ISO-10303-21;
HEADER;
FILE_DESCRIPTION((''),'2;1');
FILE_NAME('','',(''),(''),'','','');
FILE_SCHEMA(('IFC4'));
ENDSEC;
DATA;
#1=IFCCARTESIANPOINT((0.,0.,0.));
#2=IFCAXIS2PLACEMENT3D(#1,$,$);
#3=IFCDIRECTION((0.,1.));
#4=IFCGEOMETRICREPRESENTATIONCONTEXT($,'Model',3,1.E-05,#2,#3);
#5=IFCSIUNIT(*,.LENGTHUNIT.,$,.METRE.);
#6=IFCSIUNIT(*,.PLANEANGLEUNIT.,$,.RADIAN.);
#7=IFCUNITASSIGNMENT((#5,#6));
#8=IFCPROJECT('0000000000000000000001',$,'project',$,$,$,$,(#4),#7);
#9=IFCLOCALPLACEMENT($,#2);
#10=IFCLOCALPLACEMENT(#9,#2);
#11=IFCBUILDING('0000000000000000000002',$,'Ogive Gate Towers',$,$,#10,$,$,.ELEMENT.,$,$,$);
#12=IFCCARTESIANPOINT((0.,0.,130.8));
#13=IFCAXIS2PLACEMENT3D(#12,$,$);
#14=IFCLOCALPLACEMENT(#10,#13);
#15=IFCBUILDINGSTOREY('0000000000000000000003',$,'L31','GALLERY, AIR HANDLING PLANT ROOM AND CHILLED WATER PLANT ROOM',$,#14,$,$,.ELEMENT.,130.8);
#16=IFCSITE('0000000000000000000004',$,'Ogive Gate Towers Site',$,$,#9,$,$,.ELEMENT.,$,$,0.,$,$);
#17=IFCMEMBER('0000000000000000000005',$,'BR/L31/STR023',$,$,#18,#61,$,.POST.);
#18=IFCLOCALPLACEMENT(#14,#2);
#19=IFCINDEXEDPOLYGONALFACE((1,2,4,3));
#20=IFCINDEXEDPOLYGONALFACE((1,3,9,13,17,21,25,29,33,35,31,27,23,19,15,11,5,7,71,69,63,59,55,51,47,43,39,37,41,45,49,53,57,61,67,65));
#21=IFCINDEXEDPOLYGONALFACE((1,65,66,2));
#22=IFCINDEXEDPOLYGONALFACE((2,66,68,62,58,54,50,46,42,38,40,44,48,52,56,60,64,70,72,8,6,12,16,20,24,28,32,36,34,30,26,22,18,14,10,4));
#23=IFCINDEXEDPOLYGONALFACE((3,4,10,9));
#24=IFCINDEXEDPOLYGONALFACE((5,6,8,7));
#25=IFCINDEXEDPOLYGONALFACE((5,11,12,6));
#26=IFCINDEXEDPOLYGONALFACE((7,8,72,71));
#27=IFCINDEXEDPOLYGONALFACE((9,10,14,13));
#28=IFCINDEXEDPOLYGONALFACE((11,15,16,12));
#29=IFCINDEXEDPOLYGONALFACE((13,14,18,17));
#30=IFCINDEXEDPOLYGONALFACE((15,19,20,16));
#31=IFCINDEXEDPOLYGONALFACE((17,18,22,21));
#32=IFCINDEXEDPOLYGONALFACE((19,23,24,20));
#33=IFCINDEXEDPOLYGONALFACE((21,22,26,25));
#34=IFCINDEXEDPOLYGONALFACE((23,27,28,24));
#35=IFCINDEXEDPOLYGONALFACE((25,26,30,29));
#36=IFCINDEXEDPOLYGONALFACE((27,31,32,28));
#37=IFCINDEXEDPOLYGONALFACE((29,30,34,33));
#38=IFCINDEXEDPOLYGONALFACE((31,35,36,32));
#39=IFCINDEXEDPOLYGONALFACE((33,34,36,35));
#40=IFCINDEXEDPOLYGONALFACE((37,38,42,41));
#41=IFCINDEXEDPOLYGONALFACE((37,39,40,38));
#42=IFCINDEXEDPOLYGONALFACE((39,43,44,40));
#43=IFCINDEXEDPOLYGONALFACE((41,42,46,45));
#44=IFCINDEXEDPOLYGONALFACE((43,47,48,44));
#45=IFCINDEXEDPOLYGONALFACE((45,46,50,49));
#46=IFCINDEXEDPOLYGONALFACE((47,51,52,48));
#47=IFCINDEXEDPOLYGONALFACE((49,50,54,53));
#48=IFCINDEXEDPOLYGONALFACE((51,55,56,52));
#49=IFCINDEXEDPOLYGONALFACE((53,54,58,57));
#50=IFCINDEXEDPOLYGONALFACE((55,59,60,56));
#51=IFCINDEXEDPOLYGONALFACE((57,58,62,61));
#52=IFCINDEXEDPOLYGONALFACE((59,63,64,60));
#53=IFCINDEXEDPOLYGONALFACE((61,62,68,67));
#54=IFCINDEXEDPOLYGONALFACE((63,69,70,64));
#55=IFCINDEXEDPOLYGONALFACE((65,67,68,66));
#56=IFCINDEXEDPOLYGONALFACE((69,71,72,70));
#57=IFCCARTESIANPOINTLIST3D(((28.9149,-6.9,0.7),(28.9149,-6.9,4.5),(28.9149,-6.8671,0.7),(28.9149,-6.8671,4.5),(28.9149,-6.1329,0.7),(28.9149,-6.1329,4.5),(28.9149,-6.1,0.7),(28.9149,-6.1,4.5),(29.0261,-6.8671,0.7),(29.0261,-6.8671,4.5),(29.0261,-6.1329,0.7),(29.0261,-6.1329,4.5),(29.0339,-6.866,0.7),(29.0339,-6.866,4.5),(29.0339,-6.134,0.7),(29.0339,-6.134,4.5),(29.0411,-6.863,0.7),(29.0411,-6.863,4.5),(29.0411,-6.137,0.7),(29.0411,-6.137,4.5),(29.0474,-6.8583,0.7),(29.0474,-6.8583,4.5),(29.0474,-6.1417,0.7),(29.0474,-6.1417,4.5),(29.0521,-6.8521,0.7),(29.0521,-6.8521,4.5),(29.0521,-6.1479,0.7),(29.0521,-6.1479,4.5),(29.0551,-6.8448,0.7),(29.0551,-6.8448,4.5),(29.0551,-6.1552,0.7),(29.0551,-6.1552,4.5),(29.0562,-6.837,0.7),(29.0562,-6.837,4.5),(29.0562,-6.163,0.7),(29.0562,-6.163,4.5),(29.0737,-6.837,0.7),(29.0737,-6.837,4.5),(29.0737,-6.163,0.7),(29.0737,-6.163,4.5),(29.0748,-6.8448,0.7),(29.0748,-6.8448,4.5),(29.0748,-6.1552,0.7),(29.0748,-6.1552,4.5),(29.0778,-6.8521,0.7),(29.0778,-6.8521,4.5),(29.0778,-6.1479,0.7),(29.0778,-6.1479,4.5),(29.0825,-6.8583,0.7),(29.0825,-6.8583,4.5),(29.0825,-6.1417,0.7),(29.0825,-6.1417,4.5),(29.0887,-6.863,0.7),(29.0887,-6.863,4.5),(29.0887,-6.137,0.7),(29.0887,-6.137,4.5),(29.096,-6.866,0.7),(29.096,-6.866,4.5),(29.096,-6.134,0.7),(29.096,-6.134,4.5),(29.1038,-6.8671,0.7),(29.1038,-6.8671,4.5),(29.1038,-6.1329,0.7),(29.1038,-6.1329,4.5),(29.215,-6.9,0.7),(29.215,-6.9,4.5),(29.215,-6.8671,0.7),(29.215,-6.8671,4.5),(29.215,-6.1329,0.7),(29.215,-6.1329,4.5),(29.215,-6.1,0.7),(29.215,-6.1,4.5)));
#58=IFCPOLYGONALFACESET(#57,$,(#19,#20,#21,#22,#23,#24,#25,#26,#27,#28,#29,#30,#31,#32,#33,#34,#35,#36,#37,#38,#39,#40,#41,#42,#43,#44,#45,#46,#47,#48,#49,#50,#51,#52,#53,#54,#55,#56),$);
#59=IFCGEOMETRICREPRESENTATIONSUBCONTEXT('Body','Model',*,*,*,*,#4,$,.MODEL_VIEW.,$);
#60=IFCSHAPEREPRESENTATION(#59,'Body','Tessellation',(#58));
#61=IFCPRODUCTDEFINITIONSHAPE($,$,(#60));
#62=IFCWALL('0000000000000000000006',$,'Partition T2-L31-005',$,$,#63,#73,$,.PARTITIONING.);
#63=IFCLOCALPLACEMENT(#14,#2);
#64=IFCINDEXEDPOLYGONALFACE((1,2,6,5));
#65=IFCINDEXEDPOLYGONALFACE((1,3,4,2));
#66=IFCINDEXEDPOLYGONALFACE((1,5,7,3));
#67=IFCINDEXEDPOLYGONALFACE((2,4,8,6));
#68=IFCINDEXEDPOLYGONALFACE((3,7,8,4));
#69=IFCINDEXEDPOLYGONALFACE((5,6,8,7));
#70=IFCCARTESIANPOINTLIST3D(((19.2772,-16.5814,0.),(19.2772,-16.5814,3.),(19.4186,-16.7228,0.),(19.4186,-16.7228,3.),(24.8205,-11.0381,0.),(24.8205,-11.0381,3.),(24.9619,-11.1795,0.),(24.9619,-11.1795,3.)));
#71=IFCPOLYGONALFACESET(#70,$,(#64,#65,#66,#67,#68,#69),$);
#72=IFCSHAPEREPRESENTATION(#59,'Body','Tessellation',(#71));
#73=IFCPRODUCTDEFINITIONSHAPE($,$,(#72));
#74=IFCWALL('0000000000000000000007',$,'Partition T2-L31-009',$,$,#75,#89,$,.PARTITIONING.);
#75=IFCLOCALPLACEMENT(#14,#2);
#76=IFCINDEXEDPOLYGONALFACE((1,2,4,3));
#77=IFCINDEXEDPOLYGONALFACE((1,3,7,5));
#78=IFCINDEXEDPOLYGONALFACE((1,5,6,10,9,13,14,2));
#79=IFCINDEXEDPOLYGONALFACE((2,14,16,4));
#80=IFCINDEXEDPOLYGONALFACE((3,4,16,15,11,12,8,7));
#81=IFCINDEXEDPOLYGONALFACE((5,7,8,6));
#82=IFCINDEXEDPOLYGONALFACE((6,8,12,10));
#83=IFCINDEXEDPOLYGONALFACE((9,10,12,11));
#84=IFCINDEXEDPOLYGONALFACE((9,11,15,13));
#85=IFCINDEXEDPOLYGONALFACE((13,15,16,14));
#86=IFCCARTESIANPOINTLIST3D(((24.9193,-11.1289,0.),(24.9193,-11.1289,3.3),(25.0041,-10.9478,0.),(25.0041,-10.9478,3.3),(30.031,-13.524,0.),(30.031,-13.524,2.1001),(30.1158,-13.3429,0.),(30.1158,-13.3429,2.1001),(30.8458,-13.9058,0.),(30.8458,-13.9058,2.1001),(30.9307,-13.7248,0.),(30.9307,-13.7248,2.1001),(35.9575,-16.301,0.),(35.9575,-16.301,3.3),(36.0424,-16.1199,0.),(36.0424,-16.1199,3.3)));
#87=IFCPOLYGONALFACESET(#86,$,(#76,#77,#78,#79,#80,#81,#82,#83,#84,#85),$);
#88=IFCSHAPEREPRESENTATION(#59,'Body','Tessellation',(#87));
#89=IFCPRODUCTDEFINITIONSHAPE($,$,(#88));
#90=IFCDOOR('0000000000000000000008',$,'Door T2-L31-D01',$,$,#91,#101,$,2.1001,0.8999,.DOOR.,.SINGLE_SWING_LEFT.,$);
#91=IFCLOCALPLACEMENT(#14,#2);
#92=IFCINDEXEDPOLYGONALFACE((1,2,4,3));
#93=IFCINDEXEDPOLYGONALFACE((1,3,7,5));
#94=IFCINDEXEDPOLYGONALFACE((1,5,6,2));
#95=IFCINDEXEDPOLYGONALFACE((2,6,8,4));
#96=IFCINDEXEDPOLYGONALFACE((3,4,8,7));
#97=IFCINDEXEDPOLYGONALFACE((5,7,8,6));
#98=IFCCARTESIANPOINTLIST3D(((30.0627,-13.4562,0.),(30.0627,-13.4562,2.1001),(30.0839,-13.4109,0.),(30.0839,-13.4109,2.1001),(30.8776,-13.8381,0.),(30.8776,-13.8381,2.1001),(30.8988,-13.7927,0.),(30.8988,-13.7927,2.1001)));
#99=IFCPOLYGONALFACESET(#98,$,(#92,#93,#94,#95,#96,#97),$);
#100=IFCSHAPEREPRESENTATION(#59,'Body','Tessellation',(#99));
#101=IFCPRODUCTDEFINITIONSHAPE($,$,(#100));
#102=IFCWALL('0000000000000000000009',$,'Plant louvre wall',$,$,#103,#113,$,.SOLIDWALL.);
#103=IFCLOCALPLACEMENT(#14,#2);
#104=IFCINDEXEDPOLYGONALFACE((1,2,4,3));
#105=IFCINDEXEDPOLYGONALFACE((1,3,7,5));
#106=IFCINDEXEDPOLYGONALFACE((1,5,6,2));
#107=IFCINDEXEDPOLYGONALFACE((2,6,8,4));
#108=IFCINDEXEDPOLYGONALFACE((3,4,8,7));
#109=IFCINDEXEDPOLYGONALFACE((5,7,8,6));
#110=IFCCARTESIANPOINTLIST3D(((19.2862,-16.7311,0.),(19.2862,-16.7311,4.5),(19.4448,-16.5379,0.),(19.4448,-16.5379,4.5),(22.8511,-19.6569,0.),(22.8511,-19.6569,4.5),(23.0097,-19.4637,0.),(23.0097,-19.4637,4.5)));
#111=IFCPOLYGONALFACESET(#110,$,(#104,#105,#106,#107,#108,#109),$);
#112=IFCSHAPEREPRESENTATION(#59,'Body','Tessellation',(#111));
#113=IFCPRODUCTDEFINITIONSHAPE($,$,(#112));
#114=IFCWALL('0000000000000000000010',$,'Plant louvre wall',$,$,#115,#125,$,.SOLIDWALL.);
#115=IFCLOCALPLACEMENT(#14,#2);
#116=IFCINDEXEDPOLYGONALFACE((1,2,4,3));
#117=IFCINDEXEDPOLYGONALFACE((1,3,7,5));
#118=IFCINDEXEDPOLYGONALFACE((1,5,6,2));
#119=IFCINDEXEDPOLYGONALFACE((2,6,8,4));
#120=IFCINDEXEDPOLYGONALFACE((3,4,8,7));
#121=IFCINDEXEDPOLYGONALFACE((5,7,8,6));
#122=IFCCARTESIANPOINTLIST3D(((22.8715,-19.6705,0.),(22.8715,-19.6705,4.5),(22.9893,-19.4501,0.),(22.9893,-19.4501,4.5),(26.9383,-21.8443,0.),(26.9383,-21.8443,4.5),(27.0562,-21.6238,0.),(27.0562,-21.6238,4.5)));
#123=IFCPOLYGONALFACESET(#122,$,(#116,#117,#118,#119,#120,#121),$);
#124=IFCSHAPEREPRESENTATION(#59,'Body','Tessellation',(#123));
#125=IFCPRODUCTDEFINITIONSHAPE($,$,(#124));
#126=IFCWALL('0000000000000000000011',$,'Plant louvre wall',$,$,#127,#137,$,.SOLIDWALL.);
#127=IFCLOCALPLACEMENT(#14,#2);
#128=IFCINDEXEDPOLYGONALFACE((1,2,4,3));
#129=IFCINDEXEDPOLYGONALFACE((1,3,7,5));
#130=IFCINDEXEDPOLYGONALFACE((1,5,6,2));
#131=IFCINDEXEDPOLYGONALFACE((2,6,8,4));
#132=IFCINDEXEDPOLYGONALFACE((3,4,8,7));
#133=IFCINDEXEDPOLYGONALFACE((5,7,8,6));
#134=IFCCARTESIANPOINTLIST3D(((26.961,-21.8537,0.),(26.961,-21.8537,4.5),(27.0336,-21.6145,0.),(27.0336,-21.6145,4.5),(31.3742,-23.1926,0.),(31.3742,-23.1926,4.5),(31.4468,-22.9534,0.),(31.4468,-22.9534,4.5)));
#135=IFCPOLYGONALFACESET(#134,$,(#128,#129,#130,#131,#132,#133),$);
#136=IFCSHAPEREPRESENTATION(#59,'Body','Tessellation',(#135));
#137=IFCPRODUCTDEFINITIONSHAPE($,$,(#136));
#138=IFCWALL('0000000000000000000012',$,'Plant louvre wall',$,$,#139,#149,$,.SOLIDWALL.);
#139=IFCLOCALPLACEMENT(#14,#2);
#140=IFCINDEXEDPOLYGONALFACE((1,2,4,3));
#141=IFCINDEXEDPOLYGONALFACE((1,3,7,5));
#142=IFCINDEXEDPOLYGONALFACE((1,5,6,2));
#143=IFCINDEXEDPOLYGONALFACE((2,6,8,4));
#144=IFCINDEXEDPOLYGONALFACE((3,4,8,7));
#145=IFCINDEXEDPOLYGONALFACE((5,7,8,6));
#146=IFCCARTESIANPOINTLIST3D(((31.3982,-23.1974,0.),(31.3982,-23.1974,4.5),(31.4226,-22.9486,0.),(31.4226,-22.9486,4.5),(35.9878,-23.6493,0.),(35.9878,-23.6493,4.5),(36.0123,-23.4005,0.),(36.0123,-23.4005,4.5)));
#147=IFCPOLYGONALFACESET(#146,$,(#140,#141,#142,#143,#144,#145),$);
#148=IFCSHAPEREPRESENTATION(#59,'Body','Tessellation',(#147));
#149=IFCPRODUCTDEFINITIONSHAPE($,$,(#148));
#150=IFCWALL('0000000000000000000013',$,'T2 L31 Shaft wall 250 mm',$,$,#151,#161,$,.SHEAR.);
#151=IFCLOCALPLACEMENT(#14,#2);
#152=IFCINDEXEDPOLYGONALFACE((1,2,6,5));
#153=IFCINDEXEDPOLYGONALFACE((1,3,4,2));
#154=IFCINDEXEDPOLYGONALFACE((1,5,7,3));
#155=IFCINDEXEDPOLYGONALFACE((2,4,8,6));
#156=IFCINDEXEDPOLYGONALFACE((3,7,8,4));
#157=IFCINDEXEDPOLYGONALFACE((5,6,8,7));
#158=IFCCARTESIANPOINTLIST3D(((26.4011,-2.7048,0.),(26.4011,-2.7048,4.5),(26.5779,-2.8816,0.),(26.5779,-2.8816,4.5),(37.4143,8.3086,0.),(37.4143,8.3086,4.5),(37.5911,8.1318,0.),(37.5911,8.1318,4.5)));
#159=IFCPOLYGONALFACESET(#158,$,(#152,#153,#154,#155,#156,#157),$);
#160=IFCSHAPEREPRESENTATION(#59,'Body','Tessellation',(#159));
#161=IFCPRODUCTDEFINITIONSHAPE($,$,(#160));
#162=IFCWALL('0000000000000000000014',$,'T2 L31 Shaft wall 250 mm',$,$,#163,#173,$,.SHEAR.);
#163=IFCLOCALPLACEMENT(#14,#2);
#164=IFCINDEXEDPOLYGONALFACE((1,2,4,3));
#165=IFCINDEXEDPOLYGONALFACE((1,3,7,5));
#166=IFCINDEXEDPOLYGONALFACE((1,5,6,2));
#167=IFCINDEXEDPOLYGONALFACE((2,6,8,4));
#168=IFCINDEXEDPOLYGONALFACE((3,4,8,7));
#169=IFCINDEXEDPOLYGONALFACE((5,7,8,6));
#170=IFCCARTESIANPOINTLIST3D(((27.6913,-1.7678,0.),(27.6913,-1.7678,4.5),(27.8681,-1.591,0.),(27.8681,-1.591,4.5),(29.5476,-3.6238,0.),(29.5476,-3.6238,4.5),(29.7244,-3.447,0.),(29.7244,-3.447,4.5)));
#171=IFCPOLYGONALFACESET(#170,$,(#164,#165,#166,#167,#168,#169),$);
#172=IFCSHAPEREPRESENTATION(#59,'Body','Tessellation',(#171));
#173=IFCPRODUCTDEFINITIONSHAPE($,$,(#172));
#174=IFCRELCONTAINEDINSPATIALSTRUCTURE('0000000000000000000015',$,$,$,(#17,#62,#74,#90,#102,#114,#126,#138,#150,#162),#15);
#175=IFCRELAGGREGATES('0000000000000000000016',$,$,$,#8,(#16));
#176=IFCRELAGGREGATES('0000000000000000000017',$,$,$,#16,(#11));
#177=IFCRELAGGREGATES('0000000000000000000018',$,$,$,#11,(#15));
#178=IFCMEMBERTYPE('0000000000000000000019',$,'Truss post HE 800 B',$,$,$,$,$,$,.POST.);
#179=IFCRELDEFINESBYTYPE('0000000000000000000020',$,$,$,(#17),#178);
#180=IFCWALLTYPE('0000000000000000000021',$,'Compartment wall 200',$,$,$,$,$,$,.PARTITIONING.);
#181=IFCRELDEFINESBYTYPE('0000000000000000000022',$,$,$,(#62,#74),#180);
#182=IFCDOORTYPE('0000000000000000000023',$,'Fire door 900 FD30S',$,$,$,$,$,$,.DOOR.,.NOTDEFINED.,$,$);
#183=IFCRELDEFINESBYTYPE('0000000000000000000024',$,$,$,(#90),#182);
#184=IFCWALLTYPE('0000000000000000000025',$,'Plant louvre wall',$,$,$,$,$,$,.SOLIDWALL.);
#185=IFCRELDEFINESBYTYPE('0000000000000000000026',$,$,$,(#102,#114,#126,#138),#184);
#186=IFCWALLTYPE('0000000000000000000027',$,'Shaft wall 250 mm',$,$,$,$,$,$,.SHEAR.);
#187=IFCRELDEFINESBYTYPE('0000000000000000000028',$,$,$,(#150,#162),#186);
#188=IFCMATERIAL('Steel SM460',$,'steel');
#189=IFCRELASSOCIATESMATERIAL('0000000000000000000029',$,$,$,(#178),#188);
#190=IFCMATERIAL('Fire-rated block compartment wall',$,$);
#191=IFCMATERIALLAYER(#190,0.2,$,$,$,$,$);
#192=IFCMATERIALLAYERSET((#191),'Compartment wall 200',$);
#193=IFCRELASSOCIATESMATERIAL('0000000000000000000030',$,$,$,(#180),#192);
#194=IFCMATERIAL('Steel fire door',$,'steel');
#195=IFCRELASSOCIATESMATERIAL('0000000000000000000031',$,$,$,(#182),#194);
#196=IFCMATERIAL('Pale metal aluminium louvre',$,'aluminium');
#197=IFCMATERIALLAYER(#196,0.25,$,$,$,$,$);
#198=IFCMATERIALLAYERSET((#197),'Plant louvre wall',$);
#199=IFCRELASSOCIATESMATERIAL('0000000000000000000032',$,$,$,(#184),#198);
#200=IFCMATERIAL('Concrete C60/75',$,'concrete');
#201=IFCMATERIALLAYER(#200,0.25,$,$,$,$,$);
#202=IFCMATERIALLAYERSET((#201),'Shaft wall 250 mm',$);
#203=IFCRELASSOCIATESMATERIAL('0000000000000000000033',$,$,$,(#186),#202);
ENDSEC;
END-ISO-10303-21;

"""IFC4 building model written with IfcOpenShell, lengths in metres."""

from ifc_helpers import new_model, si_unit, direction, frame, frame_2d, origin, origin_2d, place, context, subcontext, project, spatial, rectangle, i_section, extrude, material, layer, layer_set, material_profile, profile_set, type_object, element, fill, save


model = new_model("IFC4")

# Units and contexts
model_context = context("Model", 3, precision=1e-05, world=origin(), true_north=direction((0.0, 1.0)))
body_context = subcontext(model_context, "Body", "Model", "MODEL_VIEW")
ifc_project = project(units=[si_unit("LENGTHUNIT", "METRE"), si_unit("PLANEANGLEUNIT", "RADIAN")], contexts=[model_context])

# Site, building, storey
site_placement = place(None, origin())
site = spatial("IfcSite", under=ifc_project, at=site_placement, Name="Ogive Gate Towers Site", CompositionType="ELEMENT", RefElevation=0.0)
building_placement = place(site_placement, origin())
building = spatial("IfcBuilding", under=site, at=building_placement, Name="Ogive Gate Towers", CompositionType="ELEMENT")
storey_placement = place(building_placement, frame((0.0, 0.0, 130.8)))
storey = spatial("IfcBuildingStorey", under=building, at=storey_placement, Name="L31", Description="GALLERY, AIR HANDLING PLANT ROOM AND CHILLED WATER PLANT ROOM", CompositionType="ELEMENT", Elevation=130.8)

# Shared definitions
ifc_material_1 = material(Name="Steel SM460", Category="steel")

# Member
ifc_material_profile_1 = material_profile(ifc_material_1, i_section(OverallWidth=0.3, OverallDepth=0.8, WebThickness=0.0176, FlangeThickness=0.033, FilletRadius=0.03, at=origin_2d()), Name="HE 800 B")
ifc_profile_set_1 = profile_set([ifc_material_profile_1], Name="Steel SM460")
member_type_1 = type_object("IfcMemberType", Name="Truss post HE 800 B", PredefinedType="POST", material=ifc_profile_set_1)
for number, where, z_axis, x_axis, name in (
    (1, (29.0649, -6.5, 0.7), (0.0, 0.0, 1.0), (1.0, 0.0, 0.0), "BR/L31/STR023"),
):
    element("IfcMember", number, at=place(storey_placement, frame(where, z_axis=z_axis, x_axis=x_axis)), inside=storey, type_object=member_type_1, Name=name, PredefinedType="POST", context=body_context, shape_type="SweptSolid", body=[
        extrude(i_section(OverallWidth=0.3, OverallDepth=0.8, WebThickness=0.0176, FlangeThickness=0.033, FilletRadius=0.03, at=origin_2d()), origin(), (0.0, 0.0, 1.0), 3.8),
    ])

# Wall
ifc_material_2 = material(Name="Fire-rated block compartment wall")
ifc_layer_1 = layer(ifc_material_2, 0.2)
ifc_layer_set_1 = layer_set([ifc_layer_1], Name="Compartment wall 200")
wall_type_1 = type_object("IfcWallType", Name="Compartment wall 200", PredefinedType="PARTITIONING", material=ifc_layer_set_1)
wall_1_placement = place(storey_placement, frame((19.3479, -16.6521, 0.0), z_axis=(0.0, 0.0, 1.0), x_axis=(0.707107, 0.707107, 0.0)))
element("IfcWall", 2, at=wall_1_placement, inside=storey, type_object=wall_type_1, Name="Partition T2-L31-005", PredefinedType="PARTITIONING", context=body_context, shape_type="SweptSolid", body=[
    extrude(rectangle(XDim=7.8394, YDim=0.2, at=frame_2d((3.9197, 0.0))), origin(), (0.0, 0.0, 1.0), 3.0),
])

# Wall, opening, door
wall_2_placement = place(storey_placement, frame((24.9617, -11.0383, 0.0), z_axis=(0.0, 0.0, 1.0), x_axis=(0.905525, -0.424293, 0.0)))
wall_2 = element("IfcWall", 3, at=wall_2_placement, inside=storey, type_object=wall_type_1, Name="Partition T2-L31-009", PredefinedType="PARTITIONING", context=body_context, shape_type="SweptSolid", body=[
    extrude(rectangle(XDim=12.1899, YDim=0.2, at=frame_2d((6.095, 0.0))), origin(), (0.0, 0.0, 1.0), 3.3),
])
opening_1_placement = place(wall_2_placement, frame((5.645, 0.0, 0.0)))
opening_1 = element("IfcOpeningElement", 4, at=opening_1_placement, cuts=wall_2, PredefinedType="OPENING", context=body_context, shape_type="SweptSolid", body=[
    extrude(rectangle(XDim=0.8999, YDim=2.1001, at=frame_2d((0.45, 1.05))), frame((0.0, 0.1099, 0.0), z_axis=(0.0, -1.0, 0.0), x_axis=(1.0, 0.0, 0.0)), (0.0, 0.0, 1.0), 0.22),
])
ifc_material_3 = material(Name="Steel fire door", Category="steel")
door_type_1 = type_object("IfcDoorType", Name="Fire door 900 FD30S", OperationType="NOTDEFINED", PredefinedType="DOOR", material=ifc_material_3)
door_1_placement = place(opening_1_placement, origin())
door_1 = element("IfcDoor", 5, at=door_1_placement, inside=storey, type_object=door_type_1, Name="Door T2-L31-D01", OperationType="SINGLE_SWING_LEFT", OverallHeight=2.1001, OverallWidth=0.8999, PredefinedType="DOOR", context=body_context, shape_type="SweptSolid", body=[
    extrude(rectangle(XDim=0.8999, YDim=2.1001, at=frame_2d((0.45, 1.05))), frame((0.0, 0.0249, 0.0), z_axis=(0.0, -1.0, 0.0), x_axis=(1.0, 0.0, 0.0)), (0.0, 0.0, 1.0), 0.05),
])
fill(opening_1, door_1)

# Walls
ifc_material_4 = material(Name="Pale metal aluminium louvre", Category="aluminium")
ifc_layer_2 = layer(ifc_material_4, 0.25)
ifc_layer_set_2 = layer_set([ifc_layer_2], Name="Plant louvre wall")
wall_type_2 = type_object("IfcWallType", Name="Plant louvre wall", PredefinedType="SOLIDWALL", material=ifc_layer_set_2)
wall_3_placement = place(storey_placement, frame((19.3655, -16.6345, 0.0), z_axis=(0.0, 0.0, 1.0), x_axis=(0.772999, -0.634407, 0.0)))
element("IfcWall", 6, at=wall_3_placement, inside=storey, type_object=wall_type_2, Name="Plant louvre wall", PredefinedType="SOLIDWALL", context=body_context, shape_type="SweptSolid", body=[
    extrude(rectangle(XDim=4.6118, YDim=0.25, at=frame_2d((2.3059, 0.0))), origin(), (0.0, 0.0, 1.0), 4.5),
])
wall_4_placement = place(storey_placement, frame((22.9304, -19.5603, 0.0), z_axis=(0.0, 0.0, 1.0), x_axis=(0.881919, -0.471401, 0.0)))
element("IfcWall", 7, at=wall_4_placement, inside=storey, type_object=wall_type_2, Name="Plant louvre wall", PredefinedType="SOLIDWALL", context=body_context, shape_type="SweptSolid", body=[
    extrude(rectangle(XDim=4.6113, YDim=0.25, at=frame_2d((2.3057, 0.0))), origin(), (0.0, 0.0, 1.0), 4.5),
])
for number, where, z_axis, x_axis, name in (
    (8, (26.9973, -21.7341, 0.0), (0.0, 0.0, 1.0), (0.95693, -0.290319, 0.0), "Plant louvre wall"),
    (9, (31.4104, -23.073, 0.0), (0.0, 0.0, 1.0), (0.995188, -0.097989, 0.0), "Plant louvre wall"),
):
    element("IfcWall", number, at=place(storey_placement, frame(where, z_axis=z_axis, x_axis=x_axis)), inside=storey, type_object=wall_type_2, Name=name, PredefinedType="SOLIDWALL", context=body_context, shape_type="SweptSolid", body=[
        extrude(rectangle(XDim=4.6118, YDim=0.25, at=frame_2d((2.3059, 0.0))), origin(), (0.0, 0.0, 1.0), 4.5),
    ])
ifc_material_5 = material(Name="Concrete C60/75", Category="concrete")
ifc_layer_3 = layer(ifc_material_5, 0.25)
ifc_layer_set_3 = layer_set([ifc_layer_3], Name="Shaft wall 250 mm")
wall_type_3 = type_object("IfcWallType", Name="Shaft wall 250 mm", PredefinedType="SHEAR", material=ifc_layer_set_3)
wall_5_placement = place(storey_placement, frame((26.4895, -2.7932, 0.0), z_axis=(0.0, 0.0, 1.0), x_axis=(0.707099, 0.707115, 0.0)))
element("IfcWall", 10, at=wall_5_placement, inside=storey, type_object=wall_type_3, Name="T2 L31 Shaft wall 250 mm", PredefinedType="SHEAR", context=body_context, shape_type="SweptSolid", body=[
    extrude(rectangle(XDim=15.5752, YDim=0.25, at=frame_2d((7.7876, 0.0))), origin(), (0.0, 0.0, 1.0), 4.5),
])
wall_6_placement = place(storey_placement, frame((29.636, -3.5354, 0.0), z_axis=(0.0, 0.0, 1.0), x_axis=(-0.707153, 0.70706, 0.0)))
element("IfcWall", 11, at=wall_6_placement, inside=storey, type_object=wall_type_3, Name="T2 L31 Shaft wall 250 mm", PredefinedType="SHEAR", context=body_context, shape_type="SweptSolid", body=[
    extrude(rectangle(XDim=2.625, YDim=0.25, at=frame_2d((1.3125, 0.0))), origin(), (0.0, 0.0, 1.0), 4.5),
])

save(model, "model.ifc")
